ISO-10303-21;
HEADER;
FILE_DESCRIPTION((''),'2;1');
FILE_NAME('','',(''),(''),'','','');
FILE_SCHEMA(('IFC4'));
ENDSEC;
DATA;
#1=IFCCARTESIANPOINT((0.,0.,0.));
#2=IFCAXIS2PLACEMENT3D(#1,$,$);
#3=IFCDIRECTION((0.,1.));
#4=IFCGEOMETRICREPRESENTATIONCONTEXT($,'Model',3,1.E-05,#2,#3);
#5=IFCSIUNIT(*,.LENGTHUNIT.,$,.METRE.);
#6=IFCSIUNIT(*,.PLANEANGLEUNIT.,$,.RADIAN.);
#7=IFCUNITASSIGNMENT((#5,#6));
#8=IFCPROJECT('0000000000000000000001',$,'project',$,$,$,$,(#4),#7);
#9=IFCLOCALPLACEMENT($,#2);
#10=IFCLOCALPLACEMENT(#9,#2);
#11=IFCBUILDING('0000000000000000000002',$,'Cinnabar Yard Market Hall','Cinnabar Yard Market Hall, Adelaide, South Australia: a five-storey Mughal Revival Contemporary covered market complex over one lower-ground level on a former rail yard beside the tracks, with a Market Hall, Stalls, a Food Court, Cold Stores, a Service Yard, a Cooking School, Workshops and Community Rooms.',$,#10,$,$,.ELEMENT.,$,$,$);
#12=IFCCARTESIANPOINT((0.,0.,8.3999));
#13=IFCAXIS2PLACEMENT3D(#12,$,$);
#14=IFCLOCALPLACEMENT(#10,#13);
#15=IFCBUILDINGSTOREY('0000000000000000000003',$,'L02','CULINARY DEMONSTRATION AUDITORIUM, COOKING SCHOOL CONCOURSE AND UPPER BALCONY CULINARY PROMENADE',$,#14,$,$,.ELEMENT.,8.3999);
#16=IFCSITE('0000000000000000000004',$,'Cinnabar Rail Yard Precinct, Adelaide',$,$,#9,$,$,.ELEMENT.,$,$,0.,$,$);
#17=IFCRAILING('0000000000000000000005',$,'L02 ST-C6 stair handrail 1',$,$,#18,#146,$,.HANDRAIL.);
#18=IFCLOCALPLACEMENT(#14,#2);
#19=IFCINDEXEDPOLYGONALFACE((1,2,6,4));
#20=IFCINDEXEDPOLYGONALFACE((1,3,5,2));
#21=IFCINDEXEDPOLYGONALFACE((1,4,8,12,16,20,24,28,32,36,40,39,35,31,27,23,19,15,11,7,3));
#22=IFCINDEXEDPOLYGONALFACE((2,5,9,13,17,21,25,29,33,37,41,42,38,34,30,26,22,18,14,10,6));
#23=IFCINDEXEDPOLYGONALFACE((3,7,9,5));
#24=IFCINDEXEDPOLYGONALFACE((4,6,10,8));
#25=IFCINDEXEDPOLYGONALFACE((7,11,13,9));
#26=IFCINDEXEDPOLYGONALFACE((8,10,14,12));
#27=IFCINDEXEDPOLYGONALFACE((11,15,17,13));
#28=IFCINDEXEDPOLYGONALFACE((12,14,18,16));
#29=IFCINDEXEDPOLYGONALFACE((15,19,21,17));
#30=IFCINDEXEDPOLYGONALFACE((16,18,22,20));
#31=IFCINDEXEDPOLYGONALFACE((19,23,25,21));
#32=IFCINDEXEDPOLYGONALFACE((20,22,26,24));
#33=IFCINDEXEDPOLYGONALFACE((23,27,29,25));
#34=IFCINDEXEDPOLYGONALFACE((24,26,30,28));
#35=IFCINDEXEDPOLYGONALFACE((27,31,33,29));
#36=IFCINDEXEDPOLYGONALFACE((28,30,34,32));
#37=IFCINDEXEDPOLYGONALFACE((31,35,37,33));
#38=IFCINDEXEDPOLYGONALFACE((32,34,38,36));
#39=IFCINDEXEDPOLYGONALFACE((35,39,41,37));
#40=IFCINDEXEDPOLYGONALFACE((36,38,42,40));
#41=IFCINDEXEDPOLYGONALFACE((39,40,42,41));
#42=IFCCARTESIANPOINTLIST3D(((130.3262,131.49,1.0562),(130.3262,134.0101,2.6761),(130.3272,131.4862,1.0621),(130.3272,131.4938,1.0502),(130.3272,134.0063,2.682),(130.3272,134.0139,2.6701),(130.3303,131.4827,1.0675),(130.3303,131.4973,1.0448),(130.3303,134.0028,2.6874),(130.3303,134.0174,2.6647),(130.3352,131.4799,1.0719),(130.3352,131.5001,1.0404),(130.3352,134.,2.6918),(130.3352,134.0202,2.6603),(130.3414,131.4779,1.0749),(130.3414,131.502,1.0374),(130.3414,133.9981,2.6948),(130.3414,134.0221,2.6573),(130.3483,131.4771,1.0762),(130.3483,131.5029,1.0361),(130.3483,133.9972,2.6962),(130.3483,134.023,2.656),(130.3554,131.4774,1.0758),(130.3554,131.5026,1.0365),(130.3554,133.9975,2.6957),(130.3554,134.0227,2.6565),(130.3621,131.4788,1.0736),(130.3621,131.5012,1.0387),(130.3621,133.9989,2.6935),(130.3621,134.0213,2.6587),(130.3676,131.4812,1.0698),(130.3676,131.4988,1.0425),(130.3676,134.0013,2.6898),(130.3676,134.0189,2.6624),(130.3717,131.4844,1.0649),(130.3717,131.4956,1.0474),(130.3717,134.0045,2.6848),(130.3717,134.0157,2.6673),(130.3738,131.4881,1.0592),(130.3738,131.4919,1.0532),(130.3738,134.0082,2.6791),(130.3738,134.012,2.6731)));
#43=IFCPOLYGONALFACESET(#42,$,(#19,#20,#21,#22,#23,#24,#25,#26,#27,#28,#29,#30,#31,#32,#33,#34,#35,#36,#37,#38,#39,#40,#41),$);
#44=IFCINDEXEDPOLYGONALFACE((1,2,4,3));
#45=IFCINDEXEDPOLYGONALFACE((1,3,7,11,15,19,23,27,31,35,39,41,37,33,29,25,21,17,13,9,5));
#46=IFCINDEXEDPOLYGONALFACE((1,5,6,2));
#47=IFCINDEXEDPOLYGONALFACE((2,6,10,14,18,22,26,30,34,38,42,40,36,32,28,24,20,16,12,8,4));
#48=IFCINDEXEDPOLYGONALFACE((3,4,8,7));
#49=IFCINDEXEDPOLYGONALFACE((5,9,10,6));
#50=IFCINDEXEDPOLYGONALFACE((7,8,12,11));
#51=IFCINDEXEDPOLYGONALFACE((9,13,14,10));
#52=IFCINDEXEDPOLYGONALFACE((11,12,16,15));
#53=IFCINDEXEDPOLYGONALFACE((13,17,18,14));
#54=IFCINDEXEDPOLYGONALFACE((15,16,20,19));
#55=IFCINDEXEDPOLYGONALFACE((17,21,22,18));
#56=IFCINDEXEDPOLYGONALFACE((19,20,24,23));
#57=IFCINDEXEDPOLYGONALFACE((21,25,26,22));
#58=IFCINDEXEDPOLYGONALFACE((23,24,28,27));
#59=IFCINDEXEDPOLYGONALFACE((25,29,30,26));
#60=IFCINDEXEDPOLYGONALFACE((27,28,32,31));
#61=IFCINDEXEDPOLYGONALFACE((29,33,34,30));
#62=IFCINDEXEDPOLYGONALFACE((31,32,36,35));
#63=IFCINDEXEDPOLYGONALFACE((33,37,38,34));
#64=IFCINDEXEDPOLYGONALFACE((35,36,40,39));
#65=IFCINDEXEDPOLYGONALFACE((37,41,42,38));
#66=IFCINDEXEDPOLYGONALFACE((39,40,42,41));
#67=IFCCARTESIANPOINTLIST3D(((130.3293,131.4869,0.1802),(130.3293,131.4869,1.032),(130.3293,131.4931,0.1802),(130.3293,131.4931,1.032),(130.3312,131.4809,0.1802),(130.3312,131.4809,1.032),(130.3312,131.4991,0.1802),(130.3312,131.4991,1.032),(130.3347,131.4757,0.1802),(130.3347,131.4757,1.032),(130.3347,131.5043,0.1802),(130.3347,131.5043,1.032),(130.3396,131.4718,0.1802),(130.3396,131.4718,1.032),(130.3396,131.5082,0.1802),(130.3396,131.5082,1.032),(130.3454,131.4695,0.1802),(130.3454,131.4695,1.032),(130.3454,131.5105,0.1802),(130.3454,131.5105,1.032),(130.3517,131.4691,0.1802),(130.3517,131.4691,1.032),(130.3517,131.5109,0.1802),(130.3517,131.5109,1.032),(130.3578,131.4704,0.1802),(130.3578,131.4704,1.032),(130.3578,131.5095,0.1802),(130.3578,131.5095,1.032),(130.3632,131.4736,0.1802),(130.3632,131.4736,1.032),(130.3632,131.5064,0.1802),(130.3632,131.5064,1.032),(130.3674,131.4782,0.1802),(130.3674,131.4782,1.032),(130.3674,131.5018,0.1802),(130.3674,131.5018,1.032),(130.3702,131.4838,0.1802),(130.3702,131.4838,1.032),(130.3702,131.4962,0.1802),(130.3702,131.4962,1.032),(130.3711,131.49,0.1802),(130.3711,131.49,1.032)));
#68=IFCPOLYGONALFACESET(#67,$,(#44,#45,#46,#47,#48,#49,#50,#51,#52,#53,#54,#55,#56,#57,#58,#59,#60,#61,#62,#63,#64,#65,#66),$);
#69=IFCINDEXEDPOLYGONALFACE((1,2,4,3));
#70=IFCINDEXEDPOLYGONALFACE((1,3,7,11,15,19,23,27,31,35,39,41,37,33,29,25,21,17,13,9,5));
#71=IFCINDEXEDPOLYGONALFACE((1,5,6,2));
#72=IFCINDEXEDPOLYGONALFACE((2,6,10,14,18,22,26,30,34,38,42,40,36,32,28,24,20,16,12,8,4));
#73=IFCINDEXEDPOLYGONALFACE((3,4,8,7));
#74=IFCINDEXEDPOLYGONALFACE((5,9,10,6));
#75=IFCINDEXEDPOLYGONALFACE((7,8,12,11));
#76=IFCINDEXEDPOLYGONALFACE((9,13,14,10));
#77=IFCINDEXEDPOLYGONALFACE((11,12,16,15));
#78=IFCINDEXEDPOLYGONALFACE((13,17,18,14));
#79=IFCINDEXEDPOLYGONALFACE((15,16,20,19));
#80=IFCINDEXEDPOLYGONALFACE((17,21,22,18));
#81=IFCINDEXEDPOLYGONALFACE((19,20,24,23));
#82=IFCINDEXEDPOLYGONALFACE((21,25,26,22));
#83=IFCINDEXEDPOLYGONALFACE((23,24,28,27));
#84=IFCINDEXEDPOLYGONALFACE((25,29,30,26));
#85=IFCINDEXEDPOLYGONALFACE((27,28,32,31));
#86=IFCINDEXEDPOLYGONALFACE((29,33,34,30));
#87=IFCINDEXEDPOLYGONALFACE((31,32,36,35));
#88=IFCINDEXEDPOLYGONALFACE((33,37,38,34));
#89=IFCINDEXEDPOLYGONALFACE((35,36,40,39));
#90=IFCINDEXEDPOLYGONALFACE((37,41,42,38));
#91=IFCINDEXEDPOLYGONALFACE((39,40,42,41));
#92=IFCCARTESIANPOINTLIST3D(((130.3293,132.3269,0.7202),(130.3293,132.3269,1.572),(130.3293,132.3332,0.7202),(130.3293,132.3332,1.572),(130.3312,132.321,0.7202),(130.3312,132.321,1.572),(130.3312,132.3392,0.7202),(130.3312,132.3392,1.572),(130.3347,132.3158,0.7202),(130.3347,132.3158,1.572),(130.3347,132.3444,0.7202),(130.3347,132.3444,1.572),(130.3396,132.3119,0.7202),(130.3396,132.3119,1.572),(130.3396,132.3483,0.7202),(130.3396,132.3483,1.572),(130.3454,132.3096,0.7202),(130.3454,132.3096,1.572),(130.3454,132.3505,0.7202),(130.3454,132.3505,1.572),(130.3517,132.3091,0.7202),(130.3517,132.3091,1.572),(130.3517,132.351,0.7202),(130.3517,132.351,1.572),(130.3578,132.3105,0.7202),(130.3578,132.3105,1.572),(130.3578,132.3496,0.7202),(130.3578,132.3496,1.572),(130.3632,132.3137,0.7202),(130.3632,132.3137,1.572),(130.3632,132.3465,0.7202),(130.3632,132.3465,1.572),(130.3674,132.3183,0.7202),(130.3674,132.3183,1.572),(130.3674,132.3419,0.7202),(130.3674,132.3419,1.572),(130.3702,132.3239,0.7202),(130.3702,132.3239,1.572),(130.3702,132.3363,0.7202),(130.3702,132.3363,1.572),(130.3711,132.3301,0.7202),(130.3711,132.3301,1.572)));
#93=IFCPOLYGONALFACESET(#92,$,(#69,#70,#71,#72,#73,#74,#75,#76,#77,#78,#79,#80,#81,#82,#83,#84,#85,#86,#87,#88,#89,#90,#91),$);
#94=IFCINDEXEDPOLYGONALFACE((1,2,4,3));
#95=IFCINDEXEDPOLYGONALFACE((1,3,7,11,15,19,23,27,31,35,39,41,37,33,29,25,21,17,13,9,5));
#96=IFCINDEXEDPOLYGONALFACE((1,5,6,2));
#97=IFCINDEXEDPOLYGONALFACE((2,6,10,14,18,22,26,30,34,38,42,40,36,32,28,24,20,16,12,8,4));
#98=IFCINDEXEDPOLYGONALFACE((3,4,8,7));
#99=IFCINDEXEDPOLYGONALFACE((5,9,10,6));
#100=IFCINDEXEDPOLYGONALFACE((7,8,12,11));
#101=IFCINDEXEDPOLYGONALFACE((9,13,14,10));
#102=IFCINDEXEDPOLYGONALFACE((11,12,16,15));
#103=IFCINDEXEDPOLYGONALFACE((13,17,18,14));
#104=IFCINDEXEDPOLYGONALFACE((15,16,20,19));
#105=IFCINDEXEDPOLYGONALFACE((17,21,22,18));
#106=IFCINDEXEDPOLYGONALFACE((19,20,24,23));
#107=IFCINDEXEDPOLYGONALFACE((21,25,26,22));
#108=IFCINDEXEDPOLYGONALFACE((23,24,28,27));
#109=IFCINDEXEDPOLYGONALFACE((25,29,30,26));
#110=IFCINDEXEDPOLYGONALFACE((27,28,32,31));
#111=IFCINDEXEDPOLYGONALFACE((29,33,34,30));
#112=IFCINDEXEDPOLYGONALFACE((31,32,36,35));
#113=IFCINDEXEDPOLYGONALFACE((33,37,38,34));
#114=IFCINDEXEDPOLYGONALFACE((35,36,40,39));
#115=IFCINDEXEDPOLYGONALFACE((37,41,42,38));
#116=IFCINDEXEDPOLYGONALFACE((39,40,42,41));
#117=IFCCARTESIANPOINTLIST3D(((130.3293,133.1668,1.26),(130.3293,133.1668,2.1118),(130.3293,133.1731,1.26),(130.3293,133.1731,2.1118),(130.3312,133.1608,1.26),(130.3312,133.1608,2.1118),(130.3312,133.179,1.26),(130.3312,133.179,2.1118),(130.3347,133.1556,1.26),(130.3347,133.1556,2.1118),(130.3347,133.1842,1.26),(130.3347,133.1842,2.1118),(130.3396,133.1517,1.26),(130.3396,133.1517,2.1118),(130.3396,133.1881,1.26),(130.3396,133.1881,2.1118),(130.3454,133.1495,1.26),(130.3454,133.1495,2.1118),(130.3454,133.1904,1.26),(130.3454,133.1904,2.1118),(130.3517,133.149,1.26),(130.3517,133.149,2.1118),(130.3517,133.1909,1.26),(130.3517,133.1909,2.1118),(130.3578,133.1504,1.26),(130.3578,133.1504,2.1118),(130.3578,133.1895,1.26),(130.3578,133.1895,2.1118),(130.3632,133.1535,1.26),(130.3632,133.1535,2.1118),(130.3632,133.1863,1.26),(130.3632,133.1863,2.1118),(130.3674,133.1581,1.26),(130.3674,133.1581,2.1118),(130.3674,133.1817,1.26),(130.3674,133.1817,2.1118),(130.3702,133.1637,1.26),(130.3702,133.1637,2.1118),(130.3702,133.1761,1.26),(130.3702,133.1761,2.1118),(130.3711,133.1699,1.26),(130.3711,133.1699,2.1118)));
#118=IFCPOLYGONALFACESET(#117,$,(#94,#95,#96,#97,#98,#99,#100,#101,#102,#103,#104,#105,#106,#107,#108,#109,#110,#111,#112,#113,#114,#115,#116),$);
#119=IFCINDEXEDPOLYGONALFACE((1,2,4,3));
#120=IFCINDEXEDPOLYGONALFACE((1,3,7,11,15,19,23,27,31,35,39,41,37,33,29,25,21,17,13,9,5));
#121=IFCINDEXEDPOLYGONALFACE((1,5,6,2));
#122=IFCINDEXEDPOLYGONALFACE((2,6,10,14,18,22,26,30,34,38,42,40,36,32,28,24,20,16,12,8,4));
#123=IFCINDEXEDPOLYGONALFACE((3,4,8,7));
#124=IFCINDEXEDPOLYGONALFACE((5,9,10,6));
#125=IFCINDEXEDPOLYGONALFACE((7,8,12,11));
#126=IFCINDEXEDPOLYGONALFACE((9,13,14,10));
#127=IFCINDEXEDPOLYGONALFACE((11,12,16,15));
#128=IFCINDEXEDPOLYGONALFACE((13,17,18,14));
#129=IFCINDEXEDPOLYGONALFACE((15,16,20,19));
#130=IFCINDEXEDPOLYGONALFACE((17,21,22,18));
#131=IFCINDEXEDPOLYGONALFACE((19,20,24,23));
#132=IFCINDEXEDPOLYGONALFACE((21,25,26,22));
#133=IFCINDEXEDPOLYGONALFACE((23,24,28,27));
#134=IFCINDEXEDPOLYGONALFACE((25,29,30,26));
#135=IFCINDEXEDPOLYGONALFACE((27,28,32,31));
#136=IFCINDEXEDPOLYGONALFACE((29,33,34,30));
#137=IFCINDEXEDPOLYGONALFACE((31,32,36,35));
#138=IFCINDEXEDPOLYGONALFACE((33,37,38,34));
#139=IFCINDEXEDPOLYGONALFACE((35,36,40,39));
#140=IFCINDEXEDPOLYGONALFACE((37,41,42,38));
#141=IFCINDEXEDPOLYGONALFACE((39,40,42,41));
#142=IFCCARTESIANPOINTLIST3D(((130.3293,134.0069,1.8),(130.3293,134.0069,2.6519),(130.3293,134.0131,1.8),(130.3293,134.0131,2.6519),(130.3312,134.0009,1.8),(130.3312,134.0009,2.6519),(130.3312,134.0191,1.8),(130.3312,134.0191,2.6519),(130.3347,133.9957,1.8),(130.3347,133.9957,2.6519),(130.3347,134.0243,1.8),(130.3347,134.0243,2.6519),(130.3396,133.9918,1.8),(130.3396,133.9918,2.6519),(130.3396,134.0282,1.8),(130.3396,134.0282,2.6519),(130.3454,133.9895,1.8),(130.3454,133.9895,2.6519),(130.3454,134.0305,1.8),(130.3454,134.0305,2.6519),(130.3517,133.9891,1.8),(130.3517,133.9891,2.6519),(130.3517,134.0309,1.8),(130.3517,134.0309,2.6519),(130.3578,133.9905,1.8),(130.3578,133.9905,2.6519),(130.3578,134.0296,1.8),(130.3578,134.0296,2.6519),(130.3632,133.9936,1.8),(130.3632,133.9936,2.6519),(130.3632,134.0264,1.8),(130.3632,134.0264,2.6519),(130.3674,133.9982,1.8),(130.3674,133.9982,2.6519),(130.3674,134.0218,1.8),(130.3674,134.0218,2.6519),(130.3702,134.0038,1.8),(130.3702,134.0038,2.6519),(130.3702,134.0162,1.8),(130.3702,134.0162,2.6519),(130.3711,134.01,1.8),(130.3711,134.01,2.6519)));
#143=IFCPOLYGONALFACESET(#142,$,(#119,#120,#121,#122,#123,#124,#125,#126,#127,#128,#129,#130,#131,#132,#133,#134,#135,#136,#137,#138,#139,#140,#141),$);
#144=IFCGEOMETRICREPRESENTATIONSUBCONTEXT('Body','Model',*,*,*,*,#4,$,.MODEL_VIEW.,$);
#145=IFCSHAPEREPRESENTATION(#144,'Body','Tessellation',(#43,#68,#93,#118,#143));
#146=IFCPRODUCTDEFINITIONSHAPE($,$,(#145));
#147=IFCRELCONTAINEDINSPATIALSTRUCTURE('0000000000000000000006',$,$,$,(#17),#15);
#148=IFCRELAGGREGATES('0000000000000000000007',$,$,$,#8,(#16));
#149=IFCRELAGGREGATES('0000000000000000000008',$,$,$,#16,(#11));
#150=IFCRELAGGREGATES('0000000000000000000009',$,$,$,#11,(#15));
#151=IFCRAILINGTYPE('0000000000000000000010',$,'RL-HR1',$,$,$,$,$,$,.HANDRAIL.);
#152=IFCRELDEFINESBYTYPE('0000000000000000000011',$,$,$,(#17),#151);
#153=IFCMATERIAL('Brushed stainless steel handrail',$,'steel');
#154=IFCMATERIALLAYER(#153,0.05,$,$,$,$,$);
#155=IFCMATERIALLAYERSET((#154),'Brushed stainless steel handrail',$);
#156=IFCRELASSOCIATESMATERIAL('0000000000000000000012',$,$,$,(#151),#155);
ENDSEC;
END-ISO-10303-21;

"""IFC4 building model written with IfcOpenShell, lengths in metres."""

from ifc_helpers import new_model, si_unit, direction, frame, origin, origin_2d_with_axis, place, context, subcontext, project, spatial, circle, extrude, material, layer, layer_set, type_object, element, save


model = new_model("IFC4")

# Units and contexts
model_context = context("Model", 3, precision=1e-05, world=origin(), true_north=direction((0.0, 1.0)))
body_context = subcontext(model_context, "Body", "Model", "MODEL_VIEW")
ifc_project = project(units=[si_unit("LENGTHUNIT", "METRE"), si_unit("PLANEANGLEUNIT", "RADIAN")], contexts=[model_context])

# Site, building, storey
site_placement = place(None, origin())
site = spatial("IfcSite", under=ifc_project, at=site_placement, Name="Cinnabar Rail Yard Precinct, Adelaide", CompositionType="ELEMENT", RefElevation=0.0)
building_placement = place(site_placement, origin())
building = spatial("IfcBuilding", under=site, at=building_placement, Name="Cinnabar Yard Market Hall", Description="Cinnabar Yard Market Hall, Adelaide, South Australia: a five-storey Mughal Revival Contemporary covered market complex over one lower-ground level on a former rail yard beside the tracks, with a Market Hall, Stalls, a Food Court, Cold Stores, a Service Yard, a Cooking School, Workshops and Community Rooms.", CompositionType="ELEMENT")
storey_placement = place(building_placement, frame((0.0, 0.0, 8.3999)))
storey = spatial("IfcBuildingStorey", under=building, at=storey_placement, Name="L02", Description="CULINARY DEMONSTRATION AUDITORIUM, COOKING SCHOOL CONCOURSE AND UPPER BALCONY CULINARY PROMENADE", CompositionType="ELEMENT", Elevation=8.3999)

# Railing
ifc_material_1 = material(Name="Brushed stainless steel handrail", Category="steel")
ifc_layer_1 = layer(ifc_material_1, 0.05)
ifc_layer_set_1 = layer_set([ifc_layer_1], Name="Brushed stainless steel handrail")
railing_type_1 = type_object("IfcRailingType", Name="RL-HR1", PredefinedType="HANDRAIL", material=ifc_layer_set_1)
railing_1_placement = place(storey_placement, frame((130.3501, 131.49, 0.1802)))
element("IfcRailing", 1, at=railing_1_placement, inside=storey, type_object=railing_type_1, Name="L02 ST-C6 stair handrail 1", PredefinedType="HANDRAIL", context=body_context, shape_type="SweptSolid", body=[
    extrude(circle(Radius=0.0239, at=origin_2d_with_axis()), frame((0.0, 0.0, 0.876), z_axis=(0.0, 0.8412, 0.540725), x_axis=(-1.0, 0.0, 0.0)), (0.0, 0.0, 1.0), 2.9958),
    extrude(circle(Radius=0.021, at=origin_2d_with_axis()), origin(), (0.0, 0.0, 1.0), 0.8518),
    extrude(circle(Radius=0.021, at=origin_2d_with_axis()), frame((0.0, 0.8401, 0.54)), (0.0, 0.0, 1.0), 0.8518),
    extrude(circle(Radius=0.021, at=origin_2d_with_axis()), frame((0.0, 1.6799, 1.0798)), (0.0, 0.0, 1.0), 0.8518),
    extrude(circle(Radius=0.021, at=origin_2d_with_axis()), frame((0.0, 2.52, 1.6199)), (0.0, 0.0, 1.0), 0.8518),
])

save(model, "model.ifc")
